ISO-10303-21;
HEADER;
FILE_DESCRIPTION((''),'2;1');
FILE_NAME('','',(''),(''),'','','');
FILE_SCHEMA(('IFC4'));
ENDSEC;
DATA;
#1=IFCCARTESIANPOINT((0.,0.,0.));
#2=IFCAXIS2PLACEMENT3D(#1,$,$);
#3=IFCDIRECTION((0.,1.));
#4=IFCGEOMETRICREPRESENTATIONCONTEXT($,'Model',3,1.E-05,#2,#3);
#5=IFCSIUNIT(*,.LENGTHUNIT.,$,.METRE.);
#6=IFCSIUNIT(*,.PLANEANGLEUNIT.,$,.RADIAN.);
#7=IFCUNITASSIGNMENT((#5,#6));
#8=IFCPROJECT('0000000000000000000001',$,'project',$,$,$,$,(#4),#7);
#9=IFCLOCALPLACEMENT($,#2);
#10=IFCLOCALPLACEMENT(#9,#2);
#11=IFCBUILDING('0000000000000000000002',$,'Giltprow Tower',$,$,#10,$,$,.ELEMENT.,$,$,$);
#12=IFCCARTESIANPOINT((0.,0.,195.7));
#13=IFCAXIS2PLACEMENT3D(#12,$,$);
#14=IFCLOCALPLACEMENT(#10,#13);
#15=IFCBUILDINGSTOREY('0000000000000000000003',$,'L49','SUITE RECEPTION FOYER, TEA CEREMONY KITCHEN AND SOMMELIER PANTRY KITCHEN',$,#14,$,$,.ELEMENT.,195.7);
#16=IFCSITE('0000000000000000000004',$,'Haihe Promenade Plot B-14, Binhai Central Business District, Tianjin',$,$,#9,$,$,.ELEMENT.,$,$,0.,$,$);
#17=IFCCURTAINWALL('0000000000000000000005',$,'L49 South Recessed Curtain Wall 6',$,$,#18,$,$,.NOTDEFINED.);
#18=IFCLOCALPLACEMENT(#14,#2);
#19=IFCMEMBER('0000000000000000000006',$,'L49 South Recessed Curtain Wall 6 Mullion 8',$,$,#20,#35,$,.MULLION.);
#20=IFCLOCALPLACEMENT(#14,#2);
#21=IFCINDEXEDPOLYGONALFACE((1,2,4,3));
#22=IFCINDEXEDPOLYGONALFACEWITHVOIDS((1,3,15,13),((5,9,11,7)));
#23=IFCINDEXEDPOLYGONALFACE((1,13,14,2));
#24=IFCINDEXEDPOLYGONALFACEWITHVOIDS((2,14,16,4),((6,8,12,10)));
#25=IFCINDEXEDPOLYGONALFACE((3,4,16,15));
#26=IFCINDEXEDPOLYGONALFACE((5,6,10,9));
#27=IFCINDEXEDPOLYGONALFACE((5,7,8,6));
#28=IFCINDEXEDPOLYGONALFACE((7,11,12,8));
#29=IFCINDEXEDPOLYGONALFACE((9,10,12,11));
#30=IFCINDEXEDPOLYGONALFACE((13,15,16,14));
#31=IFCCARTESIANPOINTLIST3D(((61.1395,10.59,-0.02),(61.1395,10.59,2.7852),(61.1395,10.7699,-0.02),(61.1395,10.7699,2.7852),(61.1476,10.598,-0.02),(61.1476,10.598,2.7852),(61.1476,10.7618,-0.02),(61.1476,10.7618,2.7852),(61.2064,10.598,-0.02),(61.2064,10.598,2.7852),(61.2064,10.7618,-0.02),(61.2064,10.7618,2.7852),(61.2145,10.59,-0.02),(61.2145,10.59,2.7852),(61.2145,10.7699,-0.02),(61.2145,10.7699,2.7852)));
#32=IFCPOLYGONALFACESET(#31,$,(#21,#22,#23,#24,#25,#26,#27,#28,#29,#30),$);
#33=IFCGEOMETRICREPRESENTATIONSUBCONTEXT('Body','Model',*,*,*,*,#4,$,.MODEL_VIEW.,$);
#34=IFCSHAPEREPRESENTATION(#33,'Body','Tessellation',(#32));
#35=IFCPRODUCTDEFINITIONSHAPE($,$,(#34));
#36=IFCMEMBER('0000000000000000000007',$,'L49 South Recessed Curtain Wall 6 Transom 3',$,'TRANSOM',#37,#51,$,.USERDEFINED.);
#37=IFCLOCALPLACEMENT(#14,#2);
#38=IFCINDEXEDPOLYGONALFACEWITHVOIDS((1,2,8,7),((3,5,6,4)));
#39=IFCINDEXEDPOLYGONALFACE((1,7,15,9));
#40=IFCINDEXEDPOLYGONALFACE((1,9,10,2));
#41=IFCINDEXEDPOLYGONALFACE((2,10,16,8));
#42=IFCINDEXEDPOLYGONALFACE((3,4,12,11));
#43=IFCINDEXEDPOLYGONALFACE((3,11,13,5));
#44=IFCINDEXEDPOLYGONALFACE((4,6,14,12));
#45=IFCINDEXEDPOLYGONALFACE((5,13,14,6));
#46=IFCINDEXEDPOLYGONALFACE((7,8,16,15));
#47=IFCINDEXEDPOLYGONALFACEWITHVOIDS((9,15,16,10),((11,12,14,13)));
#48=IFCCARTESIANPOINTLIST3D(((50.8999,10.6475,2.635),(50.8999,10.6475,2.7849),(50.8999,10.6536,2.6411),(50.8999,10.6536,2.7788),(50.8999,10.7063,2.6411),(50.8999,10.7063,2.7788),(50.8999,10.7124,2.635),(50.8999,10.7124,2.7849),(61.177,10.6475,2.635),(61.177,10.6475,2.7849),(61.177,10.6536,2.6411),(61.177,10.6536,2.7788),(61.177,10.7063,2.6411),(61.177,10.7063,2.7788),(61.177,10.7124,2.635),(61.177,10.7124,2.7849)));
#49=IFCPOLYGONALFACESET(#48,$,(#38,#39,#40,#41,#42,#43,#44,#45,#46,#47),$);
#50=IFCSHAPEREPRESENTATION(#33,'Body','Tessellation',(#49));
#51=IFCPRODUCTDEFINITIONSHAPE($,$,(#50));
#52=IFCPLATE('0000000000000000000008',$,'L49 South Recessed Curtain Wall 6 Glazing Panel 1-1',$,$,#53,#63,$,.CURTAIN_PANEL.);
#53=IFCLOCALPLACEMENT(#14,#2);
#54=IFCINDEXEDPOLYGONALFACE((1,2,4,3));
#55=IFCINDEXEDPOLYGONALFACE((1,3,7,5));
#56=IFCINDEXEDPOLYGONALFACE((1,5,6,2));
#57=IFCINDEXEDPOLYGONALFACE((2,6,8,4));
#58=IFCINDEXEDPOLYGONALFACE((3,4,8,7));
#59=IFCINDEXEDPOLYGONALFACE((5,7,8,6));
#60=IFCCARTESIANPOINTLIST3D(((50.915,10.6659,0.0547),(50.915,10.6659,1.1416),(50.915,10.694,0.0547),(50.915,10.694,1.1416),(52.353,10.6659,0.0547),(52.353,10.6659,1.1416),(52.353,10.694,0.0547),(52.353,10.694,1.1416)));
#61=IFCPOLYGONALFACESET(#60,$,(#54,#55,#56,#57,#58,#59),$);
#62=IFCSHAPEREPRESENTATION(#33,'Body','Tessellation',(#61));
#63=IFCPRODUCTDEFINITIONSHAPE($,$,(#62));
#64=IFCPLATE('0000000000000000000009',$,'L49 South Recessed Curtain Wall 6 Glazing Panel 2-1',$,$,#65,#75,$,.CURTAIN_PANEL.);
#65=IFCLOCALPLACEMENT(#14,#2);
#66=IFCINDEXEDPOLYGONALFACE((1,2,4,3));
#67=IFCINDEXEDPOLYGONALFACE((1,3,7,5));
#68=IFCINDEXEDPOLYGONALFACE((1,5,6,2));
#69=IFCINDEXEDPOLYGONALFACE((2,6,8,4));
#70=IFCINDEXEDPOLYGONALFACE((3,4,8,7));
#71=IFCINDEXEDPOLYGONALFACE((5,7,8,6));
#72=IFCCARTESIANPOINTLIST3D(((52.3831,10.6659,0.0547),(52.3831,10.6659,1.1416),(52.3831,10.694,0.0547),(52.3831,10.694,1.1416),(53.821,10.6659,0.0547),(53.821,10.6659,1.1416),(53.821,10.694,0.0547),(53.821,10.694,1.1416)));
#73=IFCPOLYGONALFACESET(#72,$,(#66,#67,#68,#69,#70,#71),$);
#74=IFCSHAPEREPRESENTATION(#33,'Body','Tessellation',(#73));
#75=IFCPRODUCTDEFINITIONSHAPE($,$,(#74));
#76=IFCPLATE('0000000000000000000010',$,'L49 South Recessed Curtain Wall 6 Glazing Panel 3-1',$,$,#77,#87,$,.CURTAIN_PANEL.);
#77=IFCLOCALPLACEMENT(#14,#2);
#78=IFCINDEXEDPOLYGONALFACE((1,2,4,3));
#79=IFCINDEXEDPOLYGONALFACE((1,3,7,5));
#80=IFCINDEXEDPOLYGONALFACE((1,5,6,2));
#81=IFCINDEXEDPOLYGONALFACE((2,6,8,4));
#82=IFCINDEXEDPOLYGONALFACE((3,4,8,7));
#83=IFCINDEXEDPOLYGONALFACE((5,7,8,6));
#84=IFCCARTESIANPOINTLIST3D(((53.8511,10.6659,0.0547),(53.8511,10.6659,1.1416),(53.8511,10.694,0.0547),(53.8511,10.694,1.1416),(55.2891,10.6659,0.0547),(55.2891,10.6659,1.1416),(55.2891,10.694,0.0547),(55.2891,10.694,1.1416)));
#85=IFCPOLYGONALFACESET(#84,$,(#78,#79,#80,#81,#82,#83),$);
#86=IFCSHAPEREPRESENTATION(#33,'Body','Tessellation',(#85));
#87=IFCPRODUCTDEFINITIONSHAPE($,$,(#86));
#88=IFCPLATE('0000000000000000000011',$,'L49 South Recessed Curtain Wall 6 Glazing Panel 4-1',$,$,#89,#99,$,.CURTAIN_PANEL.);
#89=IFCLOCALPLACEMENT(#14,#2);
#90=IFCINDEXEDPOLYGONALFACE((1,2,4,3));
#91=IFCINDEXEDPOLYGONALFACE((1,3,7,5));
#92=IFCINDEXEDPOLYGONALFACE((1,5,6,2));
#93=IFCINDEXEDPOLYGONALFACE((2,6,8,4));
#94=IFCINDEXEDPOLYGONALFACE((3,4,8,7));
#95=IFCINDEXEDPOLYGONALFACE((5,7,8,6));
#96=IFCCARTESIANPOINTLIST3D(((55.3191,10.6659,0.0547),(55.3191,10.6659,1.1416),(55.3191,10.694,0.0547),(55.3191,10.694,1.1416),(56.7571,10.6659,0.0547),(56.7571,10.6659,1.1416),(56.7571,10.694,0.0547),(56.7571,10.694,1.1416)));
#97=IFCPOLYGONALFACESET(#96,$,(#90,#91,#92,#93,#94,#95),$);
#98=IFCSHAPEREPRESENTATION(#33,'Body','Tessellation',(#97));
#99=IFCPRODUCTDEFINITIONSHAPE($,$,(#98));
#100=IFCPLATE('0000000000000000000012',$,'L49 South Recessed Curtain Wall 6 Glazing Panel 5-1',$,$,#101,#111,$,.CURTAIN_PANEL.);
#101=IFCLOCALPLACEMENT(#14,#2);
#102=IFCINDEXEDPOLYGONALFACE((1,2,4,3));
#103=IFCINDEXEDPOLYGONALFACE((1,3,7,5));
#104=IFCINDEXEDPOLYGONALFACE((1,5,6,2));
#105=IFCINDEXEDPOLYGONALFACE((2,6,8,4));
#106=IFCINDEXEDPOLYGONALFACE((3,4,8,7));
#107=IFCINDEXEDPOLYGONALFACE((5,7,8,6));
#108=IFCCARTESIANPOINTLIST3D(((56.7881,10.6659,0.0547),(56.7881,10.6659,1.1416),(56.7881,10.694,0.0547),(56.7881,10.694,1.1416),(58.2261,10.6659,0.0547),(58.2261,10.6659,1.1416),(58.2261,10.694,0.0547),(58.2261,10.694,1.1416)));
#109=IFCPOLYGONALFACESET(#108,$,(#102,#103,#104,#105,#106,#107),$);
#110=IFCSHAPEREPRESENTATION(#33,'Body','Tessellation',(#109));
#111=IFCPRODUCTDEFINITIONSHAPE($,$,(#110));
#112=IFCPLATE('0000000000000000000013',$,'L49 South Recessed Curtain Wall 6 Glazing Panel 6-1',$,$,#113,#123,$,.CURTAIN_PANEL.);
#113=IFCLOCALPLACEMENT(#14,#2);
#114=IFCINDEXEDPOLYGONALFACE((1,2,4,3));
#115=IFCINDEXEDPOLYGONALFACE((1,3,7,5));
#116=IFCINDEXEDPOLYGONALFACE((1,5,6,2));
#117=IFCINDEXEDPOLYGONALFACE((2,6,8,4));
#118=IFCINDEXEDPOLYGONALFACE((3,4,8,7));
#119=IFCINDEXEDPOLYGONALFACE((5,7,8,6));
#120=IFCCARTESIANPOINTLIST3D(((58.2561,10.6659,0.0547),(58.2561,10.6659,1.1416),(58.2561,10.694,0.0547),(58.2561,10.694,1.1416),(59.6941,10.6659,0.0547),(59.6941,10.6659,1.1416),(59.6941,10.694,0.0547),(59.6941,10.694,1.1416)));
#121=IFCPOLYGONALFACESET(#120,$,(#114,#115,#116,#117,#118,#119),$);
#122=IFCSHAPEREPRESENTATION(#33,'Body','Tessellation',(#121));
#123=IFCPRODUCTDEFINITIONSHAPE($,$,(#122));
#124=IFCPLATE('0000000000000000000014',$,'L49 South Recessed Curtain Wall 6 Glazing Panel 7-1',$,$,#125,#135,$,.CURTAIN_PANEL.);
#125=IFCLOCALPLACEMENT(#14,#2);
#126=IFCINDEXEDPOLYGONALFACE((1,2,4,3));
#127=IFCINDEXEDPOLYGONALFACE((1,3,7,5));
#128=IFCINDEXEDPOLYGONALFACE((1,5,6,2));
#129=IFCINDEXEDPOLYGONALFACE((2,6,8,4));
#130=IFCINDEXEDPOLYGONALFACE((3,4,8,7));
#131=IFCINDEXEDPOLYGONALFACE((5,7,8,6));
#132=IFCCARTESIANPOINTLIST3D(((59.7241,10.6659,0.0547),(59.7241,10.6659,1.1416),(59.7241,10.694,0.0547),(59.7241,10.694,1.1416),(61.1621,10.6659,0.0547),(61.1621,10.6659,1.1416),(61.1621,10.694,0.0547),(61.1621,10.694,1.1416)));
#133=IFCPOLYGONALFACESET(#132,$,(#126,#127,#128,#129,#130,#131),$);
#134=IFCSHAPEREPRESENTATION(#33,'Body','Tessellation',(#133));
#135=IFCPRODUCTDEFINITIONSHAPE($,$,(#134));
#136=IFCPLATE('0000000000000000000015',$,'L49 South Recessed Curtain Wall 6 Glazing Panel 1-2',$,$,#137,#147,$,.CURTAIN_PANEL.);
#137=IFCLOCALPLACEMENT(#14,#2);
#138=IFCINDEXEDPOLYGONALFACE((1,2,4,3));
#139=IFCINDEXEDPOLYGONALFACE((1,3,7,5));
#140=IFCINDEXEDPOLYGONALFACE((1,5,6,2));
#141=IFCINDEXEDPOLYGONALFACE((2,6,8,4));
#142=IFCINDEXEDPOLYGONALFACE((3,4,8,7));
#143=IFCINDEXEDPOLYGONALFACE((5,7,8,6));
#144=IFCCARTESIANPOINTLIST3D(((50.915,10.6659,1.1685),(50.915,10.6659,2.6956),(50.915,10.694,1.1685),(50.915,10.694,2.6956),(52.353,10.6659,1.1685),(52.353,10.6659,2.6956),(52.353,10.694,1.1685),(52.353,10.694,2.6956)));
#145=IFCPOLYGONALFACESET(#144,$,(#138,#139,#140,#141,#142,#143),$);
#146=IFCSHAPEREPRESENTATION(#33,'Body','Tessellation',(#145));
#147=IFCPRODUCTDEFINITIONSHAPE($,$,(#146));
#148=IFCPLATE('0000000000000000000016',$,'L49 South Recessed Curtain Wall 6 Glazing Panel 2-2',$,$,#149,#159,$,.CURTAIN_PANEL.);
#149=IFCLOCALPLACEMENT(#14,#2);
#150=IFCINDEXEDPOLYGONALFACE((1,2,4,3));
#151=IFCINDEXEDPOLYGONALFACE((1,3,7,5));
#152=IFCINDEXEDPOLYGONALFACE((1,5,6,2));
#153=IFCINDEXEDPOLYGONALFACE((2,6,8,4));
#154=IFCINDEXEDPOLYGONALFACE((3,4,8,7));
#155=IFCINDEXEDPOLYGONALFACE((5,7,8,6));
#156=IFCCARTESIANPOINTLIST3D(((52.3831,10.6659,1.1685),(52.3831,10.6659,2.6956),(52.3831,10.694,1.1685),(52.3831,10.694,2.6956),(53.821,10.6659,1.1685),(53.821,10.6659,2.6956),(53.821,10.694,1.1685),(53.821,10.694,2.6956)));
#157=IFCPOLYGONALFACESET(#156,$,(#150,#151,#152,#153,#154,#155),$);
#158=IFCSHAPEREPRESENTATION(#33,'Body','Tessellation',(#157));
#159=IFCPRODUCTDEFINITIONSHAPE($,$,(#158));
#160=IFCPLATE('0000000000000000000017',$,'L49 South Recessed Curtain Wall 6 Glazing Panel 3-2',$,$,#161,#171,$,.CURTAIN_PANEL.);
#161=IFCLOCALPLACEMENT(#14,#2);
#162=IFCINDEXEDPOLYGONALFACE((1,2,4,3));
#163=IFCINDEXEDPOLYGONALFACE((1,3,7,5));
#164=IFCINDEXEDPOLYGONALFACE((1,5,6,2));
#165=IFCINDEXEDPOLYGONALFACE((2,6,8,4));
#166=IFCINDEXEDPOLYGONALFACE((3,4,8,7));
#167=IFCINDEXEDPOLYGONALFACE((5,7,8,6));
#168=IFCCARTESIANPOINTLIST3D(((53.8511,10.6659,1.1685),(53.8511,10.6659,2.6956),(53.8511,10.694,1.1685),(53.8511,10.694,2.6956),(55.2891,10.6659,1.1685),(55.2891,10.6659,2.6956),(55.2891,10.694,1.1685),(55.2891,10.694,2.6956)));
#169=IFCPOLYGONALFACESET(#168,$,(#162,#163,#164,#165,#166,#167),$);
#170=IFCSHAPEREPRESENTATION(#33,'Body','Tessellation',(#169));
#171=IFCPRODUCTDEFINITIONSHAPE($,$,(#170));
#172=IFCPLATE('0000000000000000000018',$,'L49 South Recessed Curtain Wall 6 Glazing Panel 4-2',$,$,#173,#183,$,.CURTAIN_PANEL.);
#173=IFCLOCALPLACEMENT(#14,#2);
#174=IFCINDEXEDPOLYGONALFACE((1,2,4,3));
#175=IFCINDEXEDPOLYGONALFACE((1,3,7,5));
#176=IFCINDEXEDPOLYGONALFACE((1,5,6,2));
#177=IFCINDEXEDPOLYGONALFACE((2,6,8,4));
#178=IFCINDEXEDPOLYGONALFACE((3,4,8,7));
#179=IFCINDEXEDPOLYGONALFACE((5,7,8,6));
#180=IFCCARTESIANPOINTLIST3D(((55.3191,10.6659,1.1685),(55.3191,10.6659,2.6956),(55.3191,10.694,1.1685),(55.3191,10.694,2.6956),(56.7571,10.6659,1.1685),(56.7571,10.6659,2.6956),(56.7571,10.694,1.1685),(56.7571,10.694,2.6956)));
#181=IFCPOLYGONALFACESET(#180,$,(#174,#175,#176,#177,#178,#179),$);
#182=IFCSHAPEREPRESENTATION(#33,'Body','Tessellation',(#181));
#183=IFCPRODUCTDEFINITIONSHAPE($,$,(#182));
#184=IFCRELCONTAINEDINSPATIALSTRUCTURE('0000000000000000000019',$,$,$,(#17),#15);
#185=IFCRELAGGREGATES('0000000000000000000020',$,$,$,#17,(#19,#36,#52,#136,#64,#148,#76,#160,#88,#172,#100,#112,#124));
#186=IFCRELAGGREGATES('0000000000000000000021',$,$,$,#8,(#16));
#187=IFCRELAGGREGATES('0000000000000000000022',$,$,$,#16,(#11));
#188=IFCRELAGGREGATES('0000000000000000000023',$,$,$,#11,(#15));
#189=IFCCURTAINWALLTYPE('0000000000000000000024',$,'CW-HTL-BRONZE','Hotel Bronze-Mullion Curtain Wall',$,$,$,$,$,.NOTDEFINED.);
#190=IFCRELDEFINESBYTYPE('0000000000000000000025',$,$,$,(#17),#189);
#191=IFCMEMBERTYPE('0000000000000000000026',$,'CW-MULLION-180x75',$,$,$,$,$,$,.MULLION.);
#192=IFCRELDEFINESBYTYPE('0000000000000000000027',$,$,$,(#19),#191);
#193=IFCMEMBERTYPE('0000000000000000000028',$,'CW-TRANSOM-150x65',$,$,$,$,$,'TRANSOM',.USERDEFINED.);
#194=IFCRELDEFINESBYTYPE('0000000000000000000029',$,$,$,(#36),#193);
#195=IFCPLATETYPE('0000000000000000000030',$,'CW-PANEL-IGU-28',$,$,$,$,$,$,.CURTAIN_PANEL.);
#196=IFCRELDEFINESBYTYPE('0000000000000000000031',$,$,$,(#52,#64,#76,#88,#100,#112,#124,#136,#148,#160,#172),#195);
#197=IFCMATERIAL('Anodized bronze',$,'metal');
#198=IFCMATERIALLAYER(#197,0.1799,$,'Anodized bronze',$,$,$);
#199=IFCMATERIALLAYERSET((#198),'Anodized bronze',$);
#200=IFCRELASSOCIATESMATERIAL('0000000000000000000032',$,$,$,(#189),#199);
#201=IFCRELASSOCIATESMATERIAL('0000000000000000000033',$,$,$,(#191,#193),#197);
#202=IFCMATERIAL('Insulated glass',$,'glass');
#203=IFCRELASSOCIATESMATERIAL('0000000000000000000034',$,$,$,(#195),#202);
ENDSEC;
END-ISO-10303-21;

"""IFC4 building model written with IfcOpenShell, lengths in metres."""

from ifc_helpers import new_model, si_unit, direction, frame, origin, origin_2d, place, context, subcontext, project, spatial, rectangle, hollow_rectangle, extrude, source, transform, mapped, material, layer, layer_set, material_profile, profile_set, type_object, element, aggregate, save


model = new_model("IFC4")

# Units and contexts
model_context = context("Model", 3, precision=1e-05, world=origin(), true_north=direction((0.0, 1.0)))
body_context = subcontext(model_context, "Body", "Model", "MODEL_VIEW")
ifc_project = project(units=[si_unit("LENGTHUNIT", "METRE"), si_unit("PLANEANGLEUNIT", "RADIAN")], contexts=[model_context])

# Site, building, storey
site_placement = place(None, origin())
site = spatial("IfcSite", under=ifc_project, at=site_placement, Name="Haihe Promenade Plot B-14, Binhai Central Business District, Tianjin", CompositionType="ELEMENT", RefElevation=0.0)
building_placement = place(site_placement, origin())
building = spatial("IfcBuilding", under=site, at=building_placement, Name="Giltprow Tower", CompositionType="ELEMENT")
storey_placement = place(building_placement, frame((0.0, 0.0, 195.7)))
storey = spatial("IfcBuildingStorey", under=building, at=storey_placement, Name="L49", Description="SUITE RECEPTION FOYER, TEA CEREMONY KITCHEN AND SOMMELIER PANTRY KITCHEN", CompositionType="ELEMENT", Elevation=195.7)

# Curtain wall, members, plates
ifc_material_1 = material(Name="Anodized bronze", Category="metal")
ifc_layer_1 = layer(ifc_material_1, 0.1799, Name="Anodized bronze")
ifc_layer_set_1 = layer_set([ifc_layer_1], Name="Anodized bronze")
curtain_wall_type = type_object("IfcCurtainWallType", Name="CW-HTL-BRONZE", Description="Hotel Bronze-Mullion Curtain Wall", PredefinedType="NOTDEFINED", material=ifc_layer_set_1)
curtain_wall_placement = place(storey_placement, origin())
curtain_wall = element("IfcCurtainWall", 1, at=curtain_wall_placement, inside=storey, type_object=curtain_wall_type, Name="L49 South Recessed Curtain Wall 6", PredefinedType="NOTDEFINED")
ifc_material_profile_1 = material_profile(ifc_material_1, hollow_rectangle(XDim=0.075, YDim=0.1799, WallThickness=0.0081, at=origin_2d()), Name="RHS 180x75x8")
ifc_profile_set_1 = profile_set([ifc_material_profile_1], Name="Anodized bronze")
member_type_1 = type_object("IfcMemberType", Name="CW-MULLION-180x75", PredefinedType="MULLION", material=ifc_profile_set_1)
shared_shape_1 = source(origin(), body_context, "Body", "SweptSolid", [
    extrude(hollow_rectangle(XDim=0.075, YDim=0.1799, WallThickness=0.0081, at=origin_2d()), origin(), (0.0, 0.0, 1.0), 2.8052),
])
member_1_placement = place(storey_placement, frame((61.177, 10.6799, -0.02), z_axis=(0.0, 0.0, 1.0), x_axis=(1.0, 0.0, 0.0)))
member_1 = element("IfcMember", 2, at=member_1_placement, type_object=member_type_1, Name="L49 South Recessed Curtain Wall 6 Mullion 8", PredefinedType="MULLION", context=body_context, shape_type="MappedRepresentation", body=[
    mapped(shared_shape_1, transform((0.0, 0.0, 0.0), x_axis=(1.0, 0.0, 0.0), y_axis=(0.0, 1.0, 0.0), z_axis=(0.0, 0.0, 1.0), scale=1.0)),
])
ifc_material_profile_2 = material_profile(ifc_material_1, hollow_rectangle(XDim=0.0649, YDim=0.1499, WallThickness=0.0061, at=origin_2d()), Name="RHS 150x65x6")
ifc_profile_set_2 = profile_set([ifc_material_profile_2], Name="Anodized bronze")
member_type_2 = type_object("IfcMemberType", Name="CW-TRANSOM-150x65", ElementType="TRANSOM", PredefinedType="USERDEFINED", material=ifc_profile_set_2)
shared_shape_2 = source(origin(), body_context, "Body", "SweptSolid", [
    extrude(hollow_rectangle(XDim=0.0649, YDim=0.1499, WallThickness=0.0061, at=origin_2d()), origin(), (0.0, 0.0, 1.0), 10.2771),
])
member_2_placement = place(storey_placement, frame((50.8999, 10.6799, 2.71), z_axis=(1.0, 0.0, 0.0), x_axis=(0.0, 1.0, 0.0)))
member_2 = element("IfcMember", 3, at=member_2_placement, type_object=member_type_2, Name="L49 South Recessed Curtain Wall 6 Transom 3", ObjectType="TRANSOM", PredefinedType="USERDEFINED", context=body_context, shape_type="MappedRepresentation", body=[
    mapped(shared_shape_2, transform((0.0, 0.0, 0.0), x_axis=(1.0, 0.0, 0.0), y_axis=(0.0, 1.0, 0.0), z_axis=(0.0, 0.0, 1.0), scale=1.0)),
])
ifc_material_2 = material(Name="Insulated glass", Category="glass")
plate_type = type_object("IfcPlateType", Name="CW-PANEL-IGU-28", PredefinedType="CURTAIN_PANEL", material=ifc_material_2)
shared_shape_3 = source(origin(), body_context, "Body", "SweptSolid", [
    extrude(rectangle(XDim=1.438, YDim=0.0281, at=origin_2d()), origin(), (0.0, 0.0, 1.0), 1.0869),
])
plate_1_placement = place(storey_placement, frame((51.634, 10.6799, 0.0547), z_axis=(0.0, 0.0, 1.0), x_axis=(1.0, 0.0, 0.0)))
plate_1 = element("IfcPlate", 4, at=plate_1_placement, type_object=plate_type, Name="L49 South Recessed Curtain Wall 6 Glazing Panel 1-1", PredefinedType="CURTAIN_PANEL", context=body_context, shape_type="MappedRepresentation", body=[
    mapped(shared_shape_3, transform((0.0, 0.0, 0.0), x_axis=(1.0, 0.0, 0.0), y_axis=(0.0, 1.0, 0.0), z_axis=(0.0, 0.0, 1.0), scale=1.0)),
])
plate_2_placement = place(storey_placement, frame((53.1021, 10.6799, 0.0547), z_axis=(0.0, 0.0, 1.0), x_axis=(1.0, 0.0, 0.0)))
plate_2 = element("IfcPlate", 5, at=plate_2_placement, type_object=plate_type, Name="L49 South Recessed Curtain Wall 6 Glazing Panel 2-1", PredefinedType="CURTAIN_PANEL", context=body_context, shape_type="MappedRepresentation", body=[
    mapped(shared_shape_3, transform((0.0, 0.0, 0.0), x_axis=(1.0, 0.0, 0.0), y_axis=(0.0, 1.0, 0.0), z_axis=(0.0, 0.0, 1.0), scale=1.0)),
])
plate_3_placement = place(storey_placement, frame((54.5701, 10.6799, 0.0547), z_axis=(0.0, 0.0, 1.0), x_axis=(1.0, 0.0, 0.0)))
plate_3 = element("IfcPlate", 6, at=plate_3_placement, type_object=plate_type, Name="L49 South Recessed Curtain Wall 6 Glazing Panel 3-1", PredefinedType="CURTAIN_PANEL", context=body_context, shape_type="MappedRepresentation", body=[
    mapped(shared_shape_3, transform((0.0, 0.0, 0.0), x_axis=(1.0, 0.0, 0.0), y_axis=(0.0, 1.0, 0.0), z_axis=(0.0, 0.0, 1.0), scale=1.0)),
])
plate_4_placement = place(storey_placement, frame((56.0381, 10.6799, 0.0547), z_axis=(0.0, 0.0, 1.0), x_axis=(1.0, 0.0, 0.0)))
plate_4 = element("IfcPlate", 7, at=plate_4_placement, type_object=plate_type, Name="L49 South Recessed Curtain Wall 6 Glazing Panel 4-1", PredefinedType="CURTAIN_PANEL", context=body_context, shape_type="MappedRepresentation", body=[
    mapped(shared_shape_3, transform((0.0, 0.0, 0.0), x_axis=(1.0, 0.0, 0.0), y_axis=(0.0, 1.0, 0.0), z_axis=(0.0, 0.0, 1.0), scale=1.0)),
])
plate_5_placement = place(storey_placement, frame((57.5071, 10.6799, 0.0547), z_axis=(0.0, 0.0, 1.0), x_axis=(1.0, 0.0, 0.0)))
plate_5 = element("IfcPlate", 8, at=plate_5_placement, type_object=plate_type, Name="L49 South Recessed Curtain Wall 6 Glazing Panel 5-1", PredefinedType="CURTAIN_PANEL", context=body_context, shape_type="MappedRepresentation", body=[
    mapped(shared_shape_3, transform((0.0, 0.0, 0.0), x_axis=(1.0, 0.0, 0.0), y_axis=(0.0, 1.0, 0.0), z_axis=(0.0, 0.0, 1.0), scale=1.0)),
])
plate_6_placement = place(storey_placement, frame((58.9751, 10.6799, 0.0547), z_axis=(0.0, 0.0, 1.0), x_axis=(1.0, 0.0, 0.0)))
plate_6 = element("IfcPlate", 9, at=plate_6_placement, type_object=plate_type, Name="L49 South Recessed Curtain Wall 6 Glazing Panel 6-1", PredefinedType="CURTAIN_PANEL", context=body_context, shape_type="MappedRepresentation", body=[
    mapped(shared_shape_3, transform((0.0, 0.0, 0.0), x_axis=(1.0, 0.0, 0.0), y_axis=(0.0, 1.0, 0.0), z_axis=(0.0, 0.0, 1.0), scale=1.0)),
])
plate_7_placement = place(storey_placement, frame((60.4431, 10.6799, 0.0547), z_axis=(0.0, 0.0, 1.0), x_axis=(1.0, 0.0, 0.0)))
plate_7 = element("IfcPlate", 10, at=plate_7_placement, type_object=plate_type, Name="L49 South Recessed Curtain Wall 6 Glazing Panel 7-1", PredefinedType="CURTAIN_PANEL", context=body_context, shape_type="MappedRepresentation", body=[
    mapped(shared_shape_3, transform((0.0, 0.0, 0.0), x_axis=(1.0, 0.0, 0.0), y_axis=(0.0, 1.0, 0.0), z_axis=(0.0, 0.0, 1.0), scale=1.0)),
])
shared_shape_4 = source(origin(), body_context, "Body", "SweptSolid", [
    extrude(rectangle(XDim=1.438, YDim=0.0281, at=origin_2d()), origin(), (0.0, 0.0, 1.0), 1.5271),
])
plate_8_placement = place(storey_placement, frame((51.634, 10.6799, 1.1685), z_axis=(0.0, 0.0, 1.0), x_axis=(1.0, 0.0, 0.0)))
plate_8 = element("IfcPlate", 11, at=plate_8_placement, type_object=plate_type, Name="L49 South Recessed Curtain Wall 6 Glazing Panel 1-2", PredefinedType="CURTAIN_PANEL", context=body_context, shape_type="MappedRepresentation", body=[
    mapped(shared_shape_4, transform((0.0, 0.0, 0.0), x_axis=(1.0, 0.0, 0.0), y_axis=(0.0, 1.0, 0.0), z_axis=(0.0, 0.0, 1.0), scale=1.0)),
])
plate_9_placement = place(storey_placement, frame((53.1021, 10.6799, 1.1685), z_axis=(0.0, 0.0, 1.0), x_axis=(1.0, 0.0, 0.0)))
plate_9 = element("IfcPlate", 12, at=plate_9_placement, type_object=plate_type, Name="L49 South Recessed Curtain Wall 6 Glazing Panel 2-2", PredefinedType="CURTAIN_PANEL", context=body_context, shape_type="MappedRepresentation", body=[
    mapped(shared_shape_4, transform((0.0, 0.0, 0.0), x_axis=(1.0, 0.0, 0.0), y_axis=(0.0, 1.0, 0.0), z_axis=(0.0, 0.0, 1.0), scale=1.0)),
])
plate_10_placement = place(storey_placement, frame((54.5701, 10.6799, 1.1685), z_axis=(0.0, 0.0, 1.0), x_axis=(1.0, 0.0, 0.0)))
plate_10 = element("IfcPlate", 13, at=plate_10_placement, type_object=plate_type, Name="L49 South Recessed Curtain Wall 6 Glazing Panel 3-2", PredefinedType="CURTAIN_PANEL", context=body_context, shape_type="MappedRepresentation", body=[
    mapped(shared_shape_4, transform((0.0, 0.0, 0.0), x_axis=(1.0, 0.0, 0.0), y_axis=(0.0, 1.0, 0.0), z_axis=(0.0, 0.0, 1.0), scale=1.0)),
])
plate_11_placement = place(storey_placement, frame((56.0381, 10.6799, 1.1685), z_axis=(0.0, 0.0, 1.0), x_axis=(1.0, 0.0, 0.0)))
plate_11 = element("IfcPlate", 14, at=plate_11_placement, type_object=plate_type, Name="L49 South Recessed Curtain Wall 6 Glazing Panel 4-2", PredefinedType="CURTAIN_PANEL", context=body_context, shape_type="MappedRepresentation", body=[
    mapped(shared_shape_4, transform((0.0, 0.0, 0.0), x_axis=(1.0, 0.0, 0.0), y_axis=(0.0, 1.0, 0.0), z_axis=(0.0, 0.0, 1.0), scale=1.0)),
])
aggregate(curtain_wall, [member_1, member_2, plate_1, plate_8, plate_2, plate_9, plate_3, plate_10, plate_4, plate_11, plate_5, plate_6, plate_7])

save(model, "model.ifc")
